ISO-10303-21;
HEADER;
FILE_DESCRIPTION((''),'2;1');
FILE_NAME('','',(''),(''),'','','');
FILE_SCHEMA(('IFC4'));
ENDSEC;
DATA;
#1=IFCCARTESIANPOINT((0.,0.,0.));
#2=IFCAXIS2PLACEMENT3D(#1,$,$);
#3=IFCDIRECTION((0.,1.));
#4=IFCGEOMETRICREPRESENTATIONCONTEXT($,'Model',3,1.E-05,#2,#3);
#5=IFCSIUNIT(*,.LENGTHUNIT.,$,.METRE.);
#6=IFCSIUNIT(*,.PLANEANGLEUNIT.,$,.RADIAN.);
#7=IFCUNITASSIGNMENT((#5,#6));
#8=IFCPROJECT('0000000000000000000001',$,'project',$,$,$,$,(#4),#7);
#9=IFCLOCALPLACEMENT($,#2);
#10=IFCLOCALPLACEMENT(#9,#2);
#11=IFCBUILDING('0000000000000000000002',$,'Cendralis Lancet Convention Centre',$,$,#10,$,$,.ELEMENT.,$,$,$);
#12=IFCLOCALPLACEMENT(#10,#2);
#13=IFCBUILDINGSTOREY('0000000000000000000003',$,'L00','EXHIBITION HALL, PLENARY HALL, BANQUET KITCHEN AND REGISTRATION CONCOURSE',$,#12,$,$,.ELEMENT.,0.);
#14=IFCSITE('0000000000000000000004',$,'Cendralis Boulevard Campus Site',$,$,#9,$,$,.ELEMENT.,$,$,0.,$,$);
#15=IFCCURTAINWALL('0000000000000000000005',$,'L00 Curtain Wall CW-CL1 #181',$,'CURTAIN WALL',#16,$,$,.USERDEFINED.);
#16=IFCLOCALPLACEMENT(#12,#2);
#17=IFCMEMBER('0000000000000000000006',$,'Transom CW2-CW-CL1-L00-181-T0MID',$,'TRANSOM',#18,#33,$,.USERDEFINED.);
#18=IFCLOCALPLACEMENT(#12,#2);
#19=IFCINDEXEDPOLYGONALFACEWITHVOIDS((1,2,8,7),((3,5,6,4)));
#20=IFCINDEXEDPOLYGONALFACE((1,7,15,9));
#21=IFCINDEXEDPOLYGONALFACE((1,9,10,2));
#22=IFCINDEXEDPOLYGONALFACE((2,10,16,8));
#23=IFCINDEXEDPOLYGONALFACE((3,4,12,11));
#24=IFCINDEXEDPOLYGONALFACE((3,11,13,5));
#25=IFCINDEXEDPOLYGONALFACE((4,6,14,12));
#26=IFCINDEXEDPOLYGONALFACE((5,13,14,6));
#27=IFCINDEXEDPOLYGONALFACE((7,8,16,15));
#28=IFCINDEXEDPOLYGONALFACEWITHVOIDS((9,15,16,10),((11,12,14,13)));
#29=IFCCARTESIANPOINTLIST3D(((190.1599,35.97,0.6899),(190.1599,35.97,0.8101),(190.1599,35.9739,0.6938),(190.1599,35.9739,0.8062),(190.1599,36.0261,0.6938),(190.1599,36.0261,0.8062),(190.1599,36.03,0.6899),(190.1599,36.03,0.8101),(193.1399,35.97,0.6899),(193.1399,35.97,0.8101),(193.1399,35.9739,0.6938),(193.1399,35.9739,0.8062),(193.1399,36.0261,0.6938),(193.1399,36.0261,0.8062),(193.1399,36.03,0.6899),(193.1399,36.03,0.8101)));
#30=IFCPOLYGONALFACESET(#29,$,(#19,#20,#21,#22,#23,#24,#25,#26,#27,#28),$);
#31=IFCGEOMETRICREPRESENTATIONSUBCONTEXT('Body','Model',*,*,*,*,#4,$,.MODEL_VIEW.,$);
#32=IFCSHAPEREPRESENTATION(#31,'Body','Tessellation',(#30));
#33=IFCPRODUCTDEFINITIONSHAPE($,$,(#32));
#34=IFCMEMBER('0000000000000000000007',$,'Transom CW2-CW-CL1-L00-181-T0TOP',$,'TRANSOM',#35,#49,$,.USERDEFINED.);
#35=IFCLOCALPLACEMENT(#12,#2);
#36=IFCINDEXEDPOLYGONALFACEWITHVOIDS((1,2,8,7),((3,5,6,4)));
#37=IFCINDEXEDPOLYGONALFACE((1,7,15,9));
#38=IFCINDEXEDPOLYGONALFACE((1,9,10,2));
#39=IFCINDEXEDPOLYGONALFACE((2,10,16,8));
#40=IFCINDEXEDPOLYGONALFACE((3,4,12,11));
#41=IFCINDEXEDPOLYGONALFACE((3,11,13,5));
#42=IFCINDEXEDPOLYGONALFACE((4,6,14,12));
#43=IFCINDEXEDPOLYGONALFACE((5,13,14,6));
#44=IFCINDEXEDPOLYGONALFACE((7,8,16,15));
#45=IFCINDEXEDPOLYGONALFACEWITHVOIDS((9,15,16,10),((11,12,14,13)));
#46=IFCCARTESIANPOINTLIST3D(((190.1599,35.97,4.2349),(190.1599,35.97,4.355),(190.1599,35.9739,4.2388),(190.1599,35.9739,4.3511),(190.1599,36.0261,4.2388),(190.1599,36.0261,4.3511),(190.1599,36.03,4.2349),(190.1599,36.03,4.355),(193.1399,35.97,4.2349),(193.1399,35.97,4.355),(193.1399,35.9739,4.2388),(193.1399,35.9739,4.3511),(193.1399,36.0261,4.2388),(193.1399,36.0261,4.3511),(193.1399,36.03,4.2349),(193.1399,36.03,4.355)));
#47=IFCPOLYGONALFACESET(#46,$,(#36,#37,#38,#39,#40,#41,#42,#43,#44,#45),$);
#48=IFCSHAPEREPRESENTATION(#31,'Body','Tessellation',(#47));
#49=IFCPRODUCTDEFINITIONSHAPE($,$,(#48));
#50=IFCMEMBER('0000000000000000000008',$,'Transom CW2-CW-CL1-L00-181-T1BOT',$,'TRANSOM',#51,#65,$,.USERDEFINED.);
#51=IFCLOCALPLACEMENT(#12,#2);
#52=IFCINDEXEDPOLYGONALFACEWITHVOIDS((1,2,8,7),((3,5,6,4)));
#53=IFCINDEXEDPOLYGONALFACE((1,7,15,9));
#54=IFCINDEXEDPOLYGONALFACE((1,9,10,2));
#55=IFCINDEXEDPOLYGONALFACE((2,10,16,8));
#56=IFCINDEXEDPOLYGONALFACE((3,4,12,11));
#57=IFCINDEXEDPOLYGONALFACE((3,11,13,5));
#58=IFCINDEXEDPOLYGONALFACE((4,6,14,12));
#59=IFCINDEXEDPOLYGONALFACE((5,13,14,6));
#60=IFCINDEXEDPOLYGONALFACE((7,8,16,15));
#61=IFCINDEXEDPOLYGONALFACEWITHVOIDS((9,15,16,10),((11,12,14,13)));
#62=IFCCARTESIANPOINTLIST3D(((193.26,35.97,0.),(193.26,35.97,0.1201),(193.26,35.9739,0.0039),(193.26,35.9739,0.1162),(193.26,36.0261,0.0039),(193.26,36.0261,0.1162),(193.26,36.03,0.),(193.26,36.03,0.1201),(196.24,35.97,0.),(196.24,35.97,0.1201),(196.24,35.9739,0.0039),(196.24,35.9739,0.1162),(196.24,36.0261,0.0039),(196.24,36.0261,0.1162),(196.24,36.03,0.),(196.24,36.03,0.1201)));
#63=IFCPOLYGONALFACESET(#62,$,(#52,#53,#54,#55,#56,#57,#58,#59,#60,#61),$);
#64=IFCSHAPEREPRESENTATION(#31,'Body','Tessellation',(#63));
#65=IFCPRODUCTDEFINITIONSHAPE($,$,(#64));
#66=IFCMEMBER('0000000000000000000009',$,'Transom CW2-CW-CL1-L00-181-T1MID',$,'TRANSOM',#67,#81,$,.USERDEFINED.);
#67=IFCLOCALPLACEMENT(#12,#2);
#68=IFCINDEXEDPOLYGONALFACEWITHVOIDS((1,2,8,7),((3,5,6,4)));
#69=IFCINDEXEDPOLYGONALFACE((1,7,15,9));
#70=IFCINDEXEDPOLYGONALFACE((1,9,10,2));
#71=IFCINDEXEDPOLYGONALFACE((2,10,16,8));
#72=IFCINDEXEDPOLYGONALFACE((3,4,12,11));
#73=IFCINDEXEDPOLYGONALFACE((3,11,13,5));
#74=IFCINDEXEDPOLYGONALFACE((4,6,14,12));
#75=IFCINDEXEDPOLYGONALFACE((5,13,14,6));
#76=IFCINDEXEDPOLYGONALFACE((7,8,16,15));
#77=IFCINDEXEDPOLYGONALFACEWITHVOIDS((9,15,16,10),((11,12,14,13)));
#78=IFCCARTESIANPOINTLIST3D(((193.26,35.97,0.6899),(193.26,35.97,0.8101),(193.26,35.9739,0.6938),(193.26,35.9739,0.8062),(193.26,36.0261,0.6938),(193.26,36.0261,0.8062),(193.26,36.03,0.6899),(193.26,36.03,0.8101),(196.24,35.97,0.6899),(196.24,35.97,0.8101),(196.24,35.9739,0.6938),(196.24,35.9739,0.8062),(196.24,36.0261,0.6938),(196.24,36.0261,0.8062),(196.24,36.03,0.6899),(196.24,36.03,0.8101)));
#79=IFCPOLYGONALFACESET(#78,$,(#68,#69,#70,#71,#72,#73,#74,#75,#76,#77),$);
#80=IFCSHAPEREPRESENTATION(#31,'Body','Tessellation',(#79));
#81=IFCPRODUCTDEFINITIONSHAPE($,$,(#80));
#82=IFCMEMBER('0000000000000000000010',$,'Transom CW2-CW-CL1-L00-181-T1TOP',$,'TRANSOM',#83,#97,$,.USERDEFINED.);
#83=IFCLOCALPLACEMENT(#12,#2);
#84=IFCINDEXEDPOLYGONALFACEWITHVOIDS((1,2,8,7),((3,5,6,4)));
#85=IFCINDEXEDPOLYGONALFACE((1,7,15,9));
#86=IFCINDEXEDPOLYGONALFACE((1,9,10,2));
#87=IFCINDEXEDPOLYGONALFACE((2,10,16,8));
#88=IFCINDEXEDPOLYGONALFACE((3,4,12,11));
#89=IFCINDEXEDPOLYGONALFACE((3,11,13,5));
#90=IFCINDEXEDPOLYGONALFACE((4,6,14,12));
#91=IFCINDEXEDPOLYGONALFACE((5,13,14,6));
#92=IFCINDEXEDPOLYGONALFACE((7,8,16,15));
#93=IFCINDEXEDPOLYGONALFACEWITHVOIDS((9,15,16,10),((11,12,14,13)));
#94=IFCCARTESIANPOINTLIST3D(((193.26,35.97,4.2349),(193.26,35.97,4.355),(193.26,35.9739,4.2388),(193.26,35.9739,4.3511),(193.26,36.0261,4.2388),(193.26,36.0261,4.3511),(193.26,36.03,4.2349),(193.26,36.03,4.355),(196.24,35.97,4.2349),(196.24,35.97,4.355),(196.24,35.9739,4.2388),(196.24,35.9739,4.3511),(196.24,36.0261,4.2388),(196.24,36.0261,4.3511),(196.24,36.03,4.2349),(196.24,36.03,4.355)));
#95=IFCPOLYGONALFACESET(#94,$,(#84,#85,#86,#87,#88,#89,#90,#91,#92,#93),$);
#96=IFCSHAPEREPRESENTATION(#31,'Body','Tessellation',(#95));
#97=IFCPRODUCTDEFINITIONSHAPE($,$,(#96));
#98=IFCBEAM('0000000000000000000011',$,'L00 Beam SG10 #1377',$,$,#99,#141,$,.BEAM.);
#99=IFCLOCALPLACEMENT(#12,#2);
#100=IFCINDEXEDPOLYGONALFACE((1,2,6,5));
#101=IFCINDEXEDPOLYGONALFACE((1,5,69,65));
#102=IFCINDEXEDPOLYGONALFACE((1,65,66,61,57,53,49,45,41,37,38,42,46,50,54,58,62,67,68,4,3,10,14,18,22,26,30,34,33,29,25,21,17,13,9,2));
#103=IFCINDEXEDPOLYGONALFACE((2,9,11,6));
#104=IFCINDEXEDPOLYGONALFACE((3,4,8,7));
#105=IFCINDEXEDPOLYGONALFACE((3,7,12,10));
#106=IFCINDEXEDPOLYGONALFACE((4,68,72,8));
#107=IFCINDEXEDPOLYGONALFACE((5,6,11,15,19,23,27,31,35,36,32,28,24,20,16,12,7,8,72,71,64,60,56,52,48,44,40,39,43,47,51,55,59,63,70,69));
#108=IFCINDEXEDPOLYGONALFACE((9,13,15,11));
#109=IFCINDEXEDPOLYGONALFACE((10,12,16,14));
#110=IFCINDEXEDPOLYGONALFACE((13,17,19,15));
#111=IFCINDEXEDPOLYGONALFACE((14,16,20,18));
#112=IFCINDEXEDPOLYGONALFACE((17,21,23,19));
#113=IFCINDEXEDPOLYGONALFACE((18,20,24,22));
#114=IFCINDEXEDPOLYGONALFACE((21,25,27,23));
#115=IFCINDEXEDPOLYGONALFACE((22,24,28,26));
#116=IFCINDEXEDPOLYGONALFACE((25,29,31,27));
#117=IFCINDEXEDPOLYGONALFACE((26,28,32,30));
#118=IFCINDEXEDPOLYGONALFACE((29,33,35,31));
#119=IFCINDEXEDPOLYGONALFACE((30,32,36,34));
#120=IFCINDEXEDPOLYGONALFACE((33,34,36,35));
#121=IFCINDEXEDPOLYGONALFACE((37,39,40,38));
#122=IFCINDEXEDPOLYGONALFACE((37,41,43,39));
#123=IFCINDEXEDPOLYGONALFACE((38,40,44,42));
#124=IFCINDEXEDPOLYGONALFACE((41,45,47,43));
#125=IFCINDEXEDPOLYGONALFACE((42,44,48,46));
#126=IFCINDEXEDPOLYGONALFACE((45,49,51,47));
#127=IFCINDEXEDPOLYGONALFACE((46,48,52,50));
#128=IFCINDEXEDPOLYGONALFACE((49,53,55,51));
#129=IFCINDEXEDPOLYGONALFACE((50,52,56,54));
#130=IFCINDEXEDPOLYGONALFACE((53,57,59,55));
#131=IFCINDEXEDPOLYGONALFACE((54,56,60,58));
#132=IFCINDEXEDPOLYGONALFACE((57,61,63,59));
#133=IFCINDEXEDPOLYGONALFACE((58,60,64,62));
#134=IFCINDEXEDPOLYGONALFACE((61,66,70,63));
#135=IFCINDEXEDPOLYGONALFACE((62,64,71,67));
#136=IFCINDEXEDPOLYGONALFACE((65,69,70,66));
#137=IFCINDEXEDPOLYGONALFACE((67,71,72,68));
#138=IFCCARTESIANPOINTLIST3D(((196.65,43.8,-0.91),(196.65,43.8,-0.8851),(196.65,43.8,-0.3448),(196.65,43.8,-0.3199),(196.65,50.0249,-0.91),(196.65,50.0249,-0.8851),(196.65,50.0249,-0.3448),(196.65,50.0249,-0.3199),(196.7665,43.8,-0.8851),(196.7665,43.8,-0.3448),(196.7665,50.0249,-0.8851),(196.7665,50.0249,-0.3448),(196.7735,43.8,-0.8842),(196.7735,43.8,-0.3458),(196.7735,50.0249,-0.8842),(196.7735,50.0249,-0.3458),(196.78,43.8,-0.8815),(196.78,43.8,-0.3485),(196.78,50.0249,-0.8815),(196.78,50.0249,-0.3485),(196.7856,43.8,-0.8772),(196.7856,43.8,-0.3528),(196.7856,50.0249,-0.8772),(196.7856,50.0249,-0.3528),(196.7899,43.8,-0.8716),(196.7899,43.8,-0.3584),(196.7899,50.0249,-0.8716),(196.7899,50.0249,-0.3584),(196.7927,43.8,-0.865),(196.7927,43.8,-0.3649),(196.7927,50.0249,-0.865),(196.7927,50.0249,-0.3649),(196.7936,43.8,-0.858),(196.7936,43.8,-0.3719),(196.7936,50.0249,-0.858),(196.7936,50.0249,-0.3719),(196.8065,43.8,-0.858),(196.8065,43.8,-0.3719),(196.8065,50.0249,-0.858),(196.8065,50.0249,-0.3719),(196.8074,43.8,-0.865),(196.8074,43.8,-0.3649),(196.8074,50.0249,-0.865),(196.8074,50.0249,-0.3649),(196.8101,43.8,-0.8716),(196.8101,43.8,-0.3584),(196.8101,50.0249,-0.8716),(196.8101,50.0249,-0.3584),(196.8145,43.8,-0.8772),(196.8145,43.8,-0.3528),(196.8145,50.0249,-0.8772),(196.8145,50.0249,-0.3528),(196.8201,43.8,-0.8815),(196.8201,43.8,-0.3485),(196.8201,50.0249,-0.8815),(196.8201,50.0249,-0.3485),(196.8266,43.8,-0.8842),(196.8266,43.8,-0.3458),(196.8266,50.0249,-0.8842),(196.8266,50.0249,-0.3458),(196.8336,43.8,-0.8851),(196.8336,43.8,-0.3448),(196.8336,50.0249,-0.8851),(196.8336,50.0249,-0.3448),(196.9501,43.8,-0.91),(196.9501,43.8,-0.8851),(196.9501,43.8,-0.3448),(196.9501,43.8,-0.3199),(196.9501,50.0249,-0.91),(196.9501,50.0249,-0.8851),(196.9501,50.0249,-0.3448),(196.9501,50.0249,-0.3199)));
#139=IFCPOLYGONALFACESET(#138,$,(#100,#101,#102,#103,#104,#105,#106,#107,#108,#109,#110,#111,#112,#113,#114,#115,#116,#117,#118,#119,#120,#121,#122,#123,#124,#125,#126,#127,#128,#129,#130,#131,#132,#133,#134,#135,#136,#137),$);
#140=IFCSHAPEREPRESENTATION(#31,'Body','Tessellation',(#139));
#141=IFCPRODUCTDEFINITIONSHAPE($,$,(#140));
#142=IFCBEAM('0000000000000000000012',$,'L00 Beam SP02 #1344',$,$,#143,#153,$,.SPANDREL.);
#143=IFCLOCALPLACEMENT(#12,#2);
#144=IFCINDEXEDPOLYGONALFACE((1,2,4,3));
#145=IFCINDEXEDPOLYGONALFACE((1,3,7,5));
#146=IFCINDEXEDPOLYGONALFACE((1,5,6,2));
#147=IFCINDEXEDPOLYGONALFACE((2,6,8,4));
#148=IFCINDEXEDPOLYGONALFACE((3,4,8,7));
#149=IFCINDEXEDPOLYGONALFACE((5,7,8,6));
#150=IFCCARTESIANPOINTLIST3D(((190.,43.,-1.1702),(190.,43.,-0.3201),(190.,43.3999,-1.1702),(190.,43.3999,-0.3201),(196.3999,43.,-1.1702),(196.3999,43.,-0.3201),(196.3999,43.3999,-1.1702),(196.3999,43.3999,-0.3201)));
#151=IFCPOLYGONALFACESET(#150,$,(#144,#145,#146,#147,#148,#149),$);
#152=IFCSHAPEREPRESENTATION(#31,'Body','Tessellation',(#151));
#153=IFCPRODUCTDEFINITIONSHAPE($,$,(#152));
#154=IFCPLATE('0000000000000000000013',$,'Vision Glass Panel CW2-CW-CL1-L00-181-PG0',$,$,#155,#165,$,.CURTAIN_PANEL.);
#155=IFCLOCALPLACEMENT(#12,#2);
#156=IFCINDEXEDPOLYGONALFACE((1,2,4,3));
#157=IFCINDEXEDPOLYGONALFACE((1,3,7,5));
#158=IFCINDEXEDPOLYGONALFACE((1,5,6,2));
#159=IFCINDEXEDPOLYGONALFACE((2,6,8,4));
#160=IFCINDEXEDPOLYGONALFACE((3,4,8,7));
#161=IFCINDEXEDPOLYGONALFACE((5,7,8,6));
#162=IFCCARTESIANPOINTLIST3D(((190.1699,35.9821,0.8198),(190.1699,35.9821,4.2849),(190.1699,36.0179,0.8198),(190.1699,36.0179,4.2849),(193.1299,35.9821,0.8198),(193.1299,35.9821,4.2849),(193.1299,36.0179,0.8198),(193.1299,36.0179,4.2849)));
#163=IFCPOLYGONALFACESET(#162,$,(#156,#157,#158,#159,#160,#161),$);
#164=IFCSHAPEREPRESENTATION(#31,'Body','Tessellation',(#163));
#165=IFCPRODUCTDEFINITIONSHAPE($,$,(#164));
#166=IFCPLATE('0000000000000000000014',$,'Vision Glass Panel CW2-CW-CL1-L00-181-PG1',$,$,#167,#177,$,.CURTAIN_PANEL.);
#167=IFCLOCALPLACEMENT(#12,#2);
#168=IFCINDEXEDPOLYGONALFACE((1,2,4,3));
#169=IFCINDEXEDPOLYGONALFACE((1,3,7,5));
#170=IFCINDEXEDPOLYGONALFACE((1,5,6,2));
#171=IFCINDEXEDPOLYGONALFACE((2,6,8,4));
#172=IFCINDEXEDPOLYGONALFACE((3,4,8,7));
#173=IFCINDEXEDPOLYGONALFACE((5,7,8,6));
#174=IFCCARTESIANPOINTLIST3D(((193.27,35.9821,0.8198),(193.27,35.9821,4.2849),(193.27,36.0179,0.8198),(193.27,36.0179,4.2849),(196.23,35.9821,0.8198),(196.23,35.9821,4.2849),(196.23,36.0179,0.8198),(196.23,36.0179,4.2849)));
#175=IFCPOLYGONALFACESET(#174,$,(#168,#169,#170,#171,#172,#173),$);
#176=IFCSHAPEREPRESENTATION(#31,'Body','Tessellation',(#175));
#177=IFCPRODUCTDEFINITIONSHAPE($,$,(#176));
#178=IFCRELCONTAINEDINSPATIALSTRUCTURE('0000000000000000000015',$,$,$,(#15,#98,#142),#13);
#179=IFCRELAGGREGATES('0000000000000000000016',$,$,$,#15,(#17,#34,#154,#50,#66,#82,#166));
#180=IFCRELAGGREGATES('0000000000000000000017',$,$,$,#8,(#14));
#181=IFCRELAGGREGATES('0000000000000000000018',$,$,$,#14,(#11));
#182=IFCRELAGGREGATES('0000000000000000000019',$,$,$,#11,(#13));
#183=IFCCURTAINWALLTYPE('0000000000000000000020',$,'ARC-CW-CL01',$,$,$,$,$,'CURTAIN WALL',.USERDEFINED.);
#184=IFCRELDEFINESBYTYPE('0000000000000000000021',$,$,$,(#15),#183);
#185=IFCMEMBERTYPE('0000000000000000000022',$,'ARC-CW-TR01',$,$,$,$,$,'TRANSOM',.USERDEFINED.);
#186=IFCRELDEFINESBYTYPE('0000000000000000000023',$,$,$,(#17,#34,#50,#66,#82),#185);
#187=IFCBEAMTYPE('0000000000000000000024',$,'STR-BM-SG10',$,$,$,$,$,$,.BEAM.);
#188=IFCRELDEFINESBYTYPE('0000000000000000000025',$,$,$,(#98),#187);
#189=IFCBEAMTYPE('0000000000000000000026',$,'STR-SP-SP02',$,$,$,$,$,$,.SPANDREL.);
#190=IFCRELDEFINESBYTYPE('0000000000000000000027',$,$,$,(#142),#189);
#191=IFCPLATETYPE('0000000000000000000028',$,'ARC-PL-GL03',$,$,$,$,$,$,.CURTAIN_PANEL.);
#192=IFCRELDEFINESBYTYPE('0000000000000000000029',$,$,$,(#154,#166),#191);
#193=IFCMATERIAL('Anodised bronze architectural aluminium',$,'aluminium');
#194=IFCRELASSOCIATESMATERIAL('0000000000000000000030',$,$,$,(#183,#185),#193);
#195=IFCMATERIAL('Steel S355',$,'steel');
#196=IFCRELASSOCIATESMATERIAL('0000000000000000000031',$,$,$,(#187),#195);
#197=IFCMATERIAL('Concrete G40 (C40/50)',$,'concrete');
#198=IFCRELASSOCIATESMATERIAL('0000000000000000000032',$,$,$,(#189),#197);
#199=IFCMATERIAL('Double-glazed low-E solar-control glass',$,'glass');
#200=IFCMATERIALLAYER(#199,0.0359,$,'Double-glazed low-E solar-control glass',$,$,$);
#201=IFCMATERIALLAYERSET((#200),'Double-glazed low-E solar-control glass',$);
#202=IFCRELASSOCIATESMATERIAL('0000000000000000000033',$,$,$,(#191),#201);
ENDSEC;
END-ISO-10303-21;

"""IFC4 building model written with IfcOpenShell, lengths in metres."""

from ifc_helpers import new_model, si_unit, direction, frame, origin, origin_2d, place, context, subcontext, project, spatial, rectangle, hollow_rectangle, i_section, extrude, material, layer, layer_set, material_profile, profile_set, type_object, element, aggregate, save


model = new_model("IFC4")

# Units and contexts
model_context = context("Model", 3, precision=1e-05, world=origin(), true_north=direction((0.0, 1.0)))
body_context = subcontext(model_context, "Body", "Model", "MODEL_VIEW")
ifc_project = project(units=[si_unit("LENGTHUNIT", "METRE"), si_unit("PLANEANGLEUNIT", "RADIAN")], contexts=[model_context])

# Site, building, storey
site_placement = place(None, origin())
site = spatial("IfcSite", under=ifc_project, at=site_placement, Name="Cendralis Boulevard Campus Site", CompositionType="ELEMENT", RefElevation=0.0)
building_placement = place(site_placement, origin())
building = spatial("IfcBuilding", under=site, at=building_placement, Name="Cendralis Lancet Convention Centre", CompositionType="ELEMENT")
storey_placement = place(building_placement, origin())
storey = spatial("IfcBuildingStorey", under=building, at=storey_placement, Name="L00", Description="EXHIBITION HALL, PLENARY HALL, BANQUET KITCHEN AND REGISTRATION CONCOURSE", CompositionType="ELEMENT", Elevation=0.0)

# Shared definitions
ifc_material_1 = material(Name="Concrete G40 (C40/50)", Category="concrete")

# Curtain wall, members
ifc_material_2 = material(Name="Anodised bronze architectural aluminium", Category="aluminium")
curtain_wall_type = type_object("IfcCurtainWallType", Name="ARC-CW-CL01", ElementType="CURTAIN WALL", PredefinedType="USERDEFINED", material=ifc_material_2)
curtain_wall_placement = place(storey_placement, origin())
curtain_wall = element("IfcCurtainWall", 1, at=curtain_wall_placement, inside=storey, type_object=curtain_wall_type, Name="L00 Curtain Wall CW-CL1 #181", ObjectType="CURTAIN WALL", PredefinedType="USERDEFINED")
ifc_material_profile_1 = material_profile(ifc_material_2, hollow_rectangle(XDim=0.0601, YDim=0.1201, WallThickness=0.0039, at=origin_2d()), Name="AL-TRAN 60x120x4.0")
ifc_profile_set_1 = profile_set([ifc_material_profile_1], Name="Anodised bronze architectural aluminium")
member_type_1 = type_object("IfcMemberType", Name="ARC-CW-TR01", ElementType="TRANSOM", PredefinedType="USERDEFINED", material=ifc_profile_set_1)
member_1_placement = place(storey_placement, frame((190.1599, 36.0, 0.75), z_axis=(1.0, 0.0, 0.0), x_axis=(0.0, 1.0, 0.0)))
member_1 = element("IfcMember", 2, at=member_1_placement, type_object=member_type_1, Name="Transom CW2-CW-CL1-L00-181-T0MID", ObjectType="TRANSOM", PredefinedType="USERDEFINED", context=body_context, shape_type="SweptSolid", body=[
    extrude(hollow_rectangle(XDim=0.0601, YDim=0.1201, WallThickness=0.0039, at=origin_2d()), origin(), (0.0, 0.0, 1.0), 2.98),
])
member_2_placement = place(storey_placement, frame((190.1599, 36.0, 4.2949), z_axis=(1.0, 0.0, 0.0), x_axis=(0.0, 1.0, 0.0)))
member_2 = element("IfcMember", 3, at=member_2_placement, type_object=member_type_1, Name="Transom CW2-CW-CL1-L00-181-T0TOP", ObjectType="TRANSOM", PredefinedType="USERDEFINED", context=body_context, shape_type="SweptSolid", body=[
    extrude(hollow_rectangle(XDim=0.0601, YDim=0.1201, WallThickness=0.0039, at=origin_2d()), origin(), (0.0, 0.0, 1.0), 2.98),
])
member_3_placement = place(storey_placement, frame((193.26, 36.0, 0.0601), z_axis=(1.0, 0.0, 0.0), x_axis=(0.0, 1.0, 0.0)))
member_3 = element("IfcMember", 4, at=member_3_placement, type_object=member_type_1, Name="Transom CW2-CW-CL1-L00-181-T1BOT", ObjectType="TRANSOM", PredefinedType="USERDEFINED", context=body_context, shape_type="SweptSolid", body=[
    extrude(hollow_rectangle(XDim=0.0601, YDim=0.1201, WallThickness=0.0039, at=origin_2d()), origin(), (0.0, 0.0, 1.0), 2.98),
])
member_4_placement = place(storey_placement, frame((193.26, 36.0, 0.75), z_axis=(1.0, 0.0, 0.0), x_axis=(0.0, 1.0, 0.0)))
member_4 = element("IfcMember", 5, at=member_4_placement, type_object=member_type_1, Name="Transom CW2-CW-CL1-L00-181-T1MID", ObjectType="TRANSOM", PredefinedType="USERDEFINED", context=body_context, shape_type="SweptSolid", body=[
    extrude(hollow_rectangle(XDim=0.0601, YDim=0.1201, WallThickness=0.0039, at=origin_2d()), origin(), (0.0, 0.0, 1.0), 2.98),
])
member_5_placement = place(storey_placement, frame((193.26, 36.0, 4.2949), z_axis=(1.0, 0.0, 0.0), x_axis=(0.0, 1.0, 0.0)))
member_5 = element("IfcMember", 6, at=member_5_placement, type_object=member_type_1, Name="Transom CW2-CW-CL1-L00-181-T1TOP", ObjectType="TRANSOM", PredefinedType="USERDEFINED", context=body_context, shape_type="SweptSolid", body=[
    extrude(hollow_rectangle(XDim=0.0601, YDim=0.1201, WallThickness=0.0039, at=origin_2d()), origin(), (0.0, 0.0, 1.0), 2.98),
])

# Beams
ifc_material_3 = material(Name="Steel S355", Category="steel")
ifc_material_profile_2 = material_profile(ifc_material_3, i_section(OverallWidth=0.3, OverallDepth=0.5901, WebThickness=0.0129, FlangeThickness=0.0249, FilletRadius=0.0271, at=origin_2d()), Name="HEA 600")
ifc_profile_set_2 = profile_set([ifc_material_profile_2], Name="Steel S355")
beam_type_1 = type_object("IfcBeamType", Name="STR-BM-SG10", PredefinedType="BEAM", material=ifc_profile_set_2)
beam_1_placement = place(storey_placement, frame((196.8, 43.8, -0.615), z_axis=(0.0, 1.0, 0.0), x_axis=(-1.0, 0.0, 0.0)))
element("IfcBeam", 7, at=beam_1_placement, inside=storey, type_object=beam_type_1, Name="L00 Beam SG10 #1377", PredefinedType="BEAM", context=body_context, shape_type="SweptSolid", body=[
    extrude(i_section(OverallWidth=0.3, OverallDepth=0.5901, WebThickness=0.0129, FlangeThickness=0.0249, FilletRadius=0.0271, at=origin_2d()), origin(), (0.0, 0.0, 1.0), 6.2249),
])
ifc_material_profile_3 = material_profile(ifc_material_1, rectangle(XDim=0.3999, YDim=0.8501, at=origin_2d()), Name="RCB 400x850")
ifc_profile_set_3 = profile_set([ifc_material_profile_3], Name="Concrete G40 (C40/50)")
beam_type_2 = type_object("IfcBeamType", Name="STR-SP-SP02", PredefinedType="SPANDREL", material=ifc_profile_set_3)
beam_2_placement = place(storey_placement, frame((190.0, 43.2, -0.7451), z_axis=(1.0, 0.0, 0.0), x_axis=(0.0, 1.0, 0.0)))
element("IfcBeam", 8, at=beam_2_placement, inside=storey, type_object=beam_type_2, Name="L00 Beam SP02 #1344", PredefinedType="SPANDREL", context=body_context, shape_type="SweptSolid", body=[
    extrude(rectangle(XDim=0.3999, YDim=0.8501, at=origin_2d()), origin(), (0.0, 0.0, 1.0), 6.3999),
])

# Plates
ifc_material_4 = material(Name="Double-glazed low-E solar-control glass", Category="glass")
ifc_layer_1 = layer(ifc_material_4, 0.0359, Name="Double-glazed low-E solar-control glass")
ifc_layer_set_1 = layer_set([ifc_layer_1], Name="Double-glazed low-E solar-control glass")
plate_type_1 = type_object("IfcPlateType", Name="ARC-PL-GL03", PredefinedType="CURTAIN_PANEL", material=ifc_layer_set_1)
plate_1_placement = place(storey_placement, frame((191.6499, 36.0, 0.8198), z_axis=(0.0, 0.0, 1.0), x_axis=(1.0, 0.0, 0.0)))
plate_1 = element("IfcPlate", 9, at=plate_1_placement, type_object=plate_type_1, Name="Vision Glass Panel CW2-CW-CL1-L00-181-PG0", PredefinedType="CURTAIN_PANEL", context=body_context, shape_type="SweptSolid", body=[
    extrude(rectangle(XDim=2.96, YDim=0.0359, at=origin_2d()), origin(), (0.0, 0.0, 1.0), 3.4651),
])
plate_2_placement = place(storey_placement, frame((194.75, 36.0, 0.8198), z_axis=(0.0, 0.0, 1.0), x_axis=(1.0, 0.0, 0.0)))
plate_2 = element("IfcPlate", 10, at=plate_2_placement, type_object=plate_type_1, Name="Vision Glass Panel CW2-CW-CL1-L00-181-PG1", PredefinedType="CURTAIN_PANEL", context=body_context, shape_type="SweptSolid", body=[
    extrude(rectangle(XDim=2.96, YDim=0.0359, at=origin_2d()), origin(), (0.0, 0.0, 1.0), 3.4651),
])
aggregate(curtain_wall, [member_1, member_2, plate_1, member_3, member_4, member_5, plate_2])

save(model, "model.ifc")
